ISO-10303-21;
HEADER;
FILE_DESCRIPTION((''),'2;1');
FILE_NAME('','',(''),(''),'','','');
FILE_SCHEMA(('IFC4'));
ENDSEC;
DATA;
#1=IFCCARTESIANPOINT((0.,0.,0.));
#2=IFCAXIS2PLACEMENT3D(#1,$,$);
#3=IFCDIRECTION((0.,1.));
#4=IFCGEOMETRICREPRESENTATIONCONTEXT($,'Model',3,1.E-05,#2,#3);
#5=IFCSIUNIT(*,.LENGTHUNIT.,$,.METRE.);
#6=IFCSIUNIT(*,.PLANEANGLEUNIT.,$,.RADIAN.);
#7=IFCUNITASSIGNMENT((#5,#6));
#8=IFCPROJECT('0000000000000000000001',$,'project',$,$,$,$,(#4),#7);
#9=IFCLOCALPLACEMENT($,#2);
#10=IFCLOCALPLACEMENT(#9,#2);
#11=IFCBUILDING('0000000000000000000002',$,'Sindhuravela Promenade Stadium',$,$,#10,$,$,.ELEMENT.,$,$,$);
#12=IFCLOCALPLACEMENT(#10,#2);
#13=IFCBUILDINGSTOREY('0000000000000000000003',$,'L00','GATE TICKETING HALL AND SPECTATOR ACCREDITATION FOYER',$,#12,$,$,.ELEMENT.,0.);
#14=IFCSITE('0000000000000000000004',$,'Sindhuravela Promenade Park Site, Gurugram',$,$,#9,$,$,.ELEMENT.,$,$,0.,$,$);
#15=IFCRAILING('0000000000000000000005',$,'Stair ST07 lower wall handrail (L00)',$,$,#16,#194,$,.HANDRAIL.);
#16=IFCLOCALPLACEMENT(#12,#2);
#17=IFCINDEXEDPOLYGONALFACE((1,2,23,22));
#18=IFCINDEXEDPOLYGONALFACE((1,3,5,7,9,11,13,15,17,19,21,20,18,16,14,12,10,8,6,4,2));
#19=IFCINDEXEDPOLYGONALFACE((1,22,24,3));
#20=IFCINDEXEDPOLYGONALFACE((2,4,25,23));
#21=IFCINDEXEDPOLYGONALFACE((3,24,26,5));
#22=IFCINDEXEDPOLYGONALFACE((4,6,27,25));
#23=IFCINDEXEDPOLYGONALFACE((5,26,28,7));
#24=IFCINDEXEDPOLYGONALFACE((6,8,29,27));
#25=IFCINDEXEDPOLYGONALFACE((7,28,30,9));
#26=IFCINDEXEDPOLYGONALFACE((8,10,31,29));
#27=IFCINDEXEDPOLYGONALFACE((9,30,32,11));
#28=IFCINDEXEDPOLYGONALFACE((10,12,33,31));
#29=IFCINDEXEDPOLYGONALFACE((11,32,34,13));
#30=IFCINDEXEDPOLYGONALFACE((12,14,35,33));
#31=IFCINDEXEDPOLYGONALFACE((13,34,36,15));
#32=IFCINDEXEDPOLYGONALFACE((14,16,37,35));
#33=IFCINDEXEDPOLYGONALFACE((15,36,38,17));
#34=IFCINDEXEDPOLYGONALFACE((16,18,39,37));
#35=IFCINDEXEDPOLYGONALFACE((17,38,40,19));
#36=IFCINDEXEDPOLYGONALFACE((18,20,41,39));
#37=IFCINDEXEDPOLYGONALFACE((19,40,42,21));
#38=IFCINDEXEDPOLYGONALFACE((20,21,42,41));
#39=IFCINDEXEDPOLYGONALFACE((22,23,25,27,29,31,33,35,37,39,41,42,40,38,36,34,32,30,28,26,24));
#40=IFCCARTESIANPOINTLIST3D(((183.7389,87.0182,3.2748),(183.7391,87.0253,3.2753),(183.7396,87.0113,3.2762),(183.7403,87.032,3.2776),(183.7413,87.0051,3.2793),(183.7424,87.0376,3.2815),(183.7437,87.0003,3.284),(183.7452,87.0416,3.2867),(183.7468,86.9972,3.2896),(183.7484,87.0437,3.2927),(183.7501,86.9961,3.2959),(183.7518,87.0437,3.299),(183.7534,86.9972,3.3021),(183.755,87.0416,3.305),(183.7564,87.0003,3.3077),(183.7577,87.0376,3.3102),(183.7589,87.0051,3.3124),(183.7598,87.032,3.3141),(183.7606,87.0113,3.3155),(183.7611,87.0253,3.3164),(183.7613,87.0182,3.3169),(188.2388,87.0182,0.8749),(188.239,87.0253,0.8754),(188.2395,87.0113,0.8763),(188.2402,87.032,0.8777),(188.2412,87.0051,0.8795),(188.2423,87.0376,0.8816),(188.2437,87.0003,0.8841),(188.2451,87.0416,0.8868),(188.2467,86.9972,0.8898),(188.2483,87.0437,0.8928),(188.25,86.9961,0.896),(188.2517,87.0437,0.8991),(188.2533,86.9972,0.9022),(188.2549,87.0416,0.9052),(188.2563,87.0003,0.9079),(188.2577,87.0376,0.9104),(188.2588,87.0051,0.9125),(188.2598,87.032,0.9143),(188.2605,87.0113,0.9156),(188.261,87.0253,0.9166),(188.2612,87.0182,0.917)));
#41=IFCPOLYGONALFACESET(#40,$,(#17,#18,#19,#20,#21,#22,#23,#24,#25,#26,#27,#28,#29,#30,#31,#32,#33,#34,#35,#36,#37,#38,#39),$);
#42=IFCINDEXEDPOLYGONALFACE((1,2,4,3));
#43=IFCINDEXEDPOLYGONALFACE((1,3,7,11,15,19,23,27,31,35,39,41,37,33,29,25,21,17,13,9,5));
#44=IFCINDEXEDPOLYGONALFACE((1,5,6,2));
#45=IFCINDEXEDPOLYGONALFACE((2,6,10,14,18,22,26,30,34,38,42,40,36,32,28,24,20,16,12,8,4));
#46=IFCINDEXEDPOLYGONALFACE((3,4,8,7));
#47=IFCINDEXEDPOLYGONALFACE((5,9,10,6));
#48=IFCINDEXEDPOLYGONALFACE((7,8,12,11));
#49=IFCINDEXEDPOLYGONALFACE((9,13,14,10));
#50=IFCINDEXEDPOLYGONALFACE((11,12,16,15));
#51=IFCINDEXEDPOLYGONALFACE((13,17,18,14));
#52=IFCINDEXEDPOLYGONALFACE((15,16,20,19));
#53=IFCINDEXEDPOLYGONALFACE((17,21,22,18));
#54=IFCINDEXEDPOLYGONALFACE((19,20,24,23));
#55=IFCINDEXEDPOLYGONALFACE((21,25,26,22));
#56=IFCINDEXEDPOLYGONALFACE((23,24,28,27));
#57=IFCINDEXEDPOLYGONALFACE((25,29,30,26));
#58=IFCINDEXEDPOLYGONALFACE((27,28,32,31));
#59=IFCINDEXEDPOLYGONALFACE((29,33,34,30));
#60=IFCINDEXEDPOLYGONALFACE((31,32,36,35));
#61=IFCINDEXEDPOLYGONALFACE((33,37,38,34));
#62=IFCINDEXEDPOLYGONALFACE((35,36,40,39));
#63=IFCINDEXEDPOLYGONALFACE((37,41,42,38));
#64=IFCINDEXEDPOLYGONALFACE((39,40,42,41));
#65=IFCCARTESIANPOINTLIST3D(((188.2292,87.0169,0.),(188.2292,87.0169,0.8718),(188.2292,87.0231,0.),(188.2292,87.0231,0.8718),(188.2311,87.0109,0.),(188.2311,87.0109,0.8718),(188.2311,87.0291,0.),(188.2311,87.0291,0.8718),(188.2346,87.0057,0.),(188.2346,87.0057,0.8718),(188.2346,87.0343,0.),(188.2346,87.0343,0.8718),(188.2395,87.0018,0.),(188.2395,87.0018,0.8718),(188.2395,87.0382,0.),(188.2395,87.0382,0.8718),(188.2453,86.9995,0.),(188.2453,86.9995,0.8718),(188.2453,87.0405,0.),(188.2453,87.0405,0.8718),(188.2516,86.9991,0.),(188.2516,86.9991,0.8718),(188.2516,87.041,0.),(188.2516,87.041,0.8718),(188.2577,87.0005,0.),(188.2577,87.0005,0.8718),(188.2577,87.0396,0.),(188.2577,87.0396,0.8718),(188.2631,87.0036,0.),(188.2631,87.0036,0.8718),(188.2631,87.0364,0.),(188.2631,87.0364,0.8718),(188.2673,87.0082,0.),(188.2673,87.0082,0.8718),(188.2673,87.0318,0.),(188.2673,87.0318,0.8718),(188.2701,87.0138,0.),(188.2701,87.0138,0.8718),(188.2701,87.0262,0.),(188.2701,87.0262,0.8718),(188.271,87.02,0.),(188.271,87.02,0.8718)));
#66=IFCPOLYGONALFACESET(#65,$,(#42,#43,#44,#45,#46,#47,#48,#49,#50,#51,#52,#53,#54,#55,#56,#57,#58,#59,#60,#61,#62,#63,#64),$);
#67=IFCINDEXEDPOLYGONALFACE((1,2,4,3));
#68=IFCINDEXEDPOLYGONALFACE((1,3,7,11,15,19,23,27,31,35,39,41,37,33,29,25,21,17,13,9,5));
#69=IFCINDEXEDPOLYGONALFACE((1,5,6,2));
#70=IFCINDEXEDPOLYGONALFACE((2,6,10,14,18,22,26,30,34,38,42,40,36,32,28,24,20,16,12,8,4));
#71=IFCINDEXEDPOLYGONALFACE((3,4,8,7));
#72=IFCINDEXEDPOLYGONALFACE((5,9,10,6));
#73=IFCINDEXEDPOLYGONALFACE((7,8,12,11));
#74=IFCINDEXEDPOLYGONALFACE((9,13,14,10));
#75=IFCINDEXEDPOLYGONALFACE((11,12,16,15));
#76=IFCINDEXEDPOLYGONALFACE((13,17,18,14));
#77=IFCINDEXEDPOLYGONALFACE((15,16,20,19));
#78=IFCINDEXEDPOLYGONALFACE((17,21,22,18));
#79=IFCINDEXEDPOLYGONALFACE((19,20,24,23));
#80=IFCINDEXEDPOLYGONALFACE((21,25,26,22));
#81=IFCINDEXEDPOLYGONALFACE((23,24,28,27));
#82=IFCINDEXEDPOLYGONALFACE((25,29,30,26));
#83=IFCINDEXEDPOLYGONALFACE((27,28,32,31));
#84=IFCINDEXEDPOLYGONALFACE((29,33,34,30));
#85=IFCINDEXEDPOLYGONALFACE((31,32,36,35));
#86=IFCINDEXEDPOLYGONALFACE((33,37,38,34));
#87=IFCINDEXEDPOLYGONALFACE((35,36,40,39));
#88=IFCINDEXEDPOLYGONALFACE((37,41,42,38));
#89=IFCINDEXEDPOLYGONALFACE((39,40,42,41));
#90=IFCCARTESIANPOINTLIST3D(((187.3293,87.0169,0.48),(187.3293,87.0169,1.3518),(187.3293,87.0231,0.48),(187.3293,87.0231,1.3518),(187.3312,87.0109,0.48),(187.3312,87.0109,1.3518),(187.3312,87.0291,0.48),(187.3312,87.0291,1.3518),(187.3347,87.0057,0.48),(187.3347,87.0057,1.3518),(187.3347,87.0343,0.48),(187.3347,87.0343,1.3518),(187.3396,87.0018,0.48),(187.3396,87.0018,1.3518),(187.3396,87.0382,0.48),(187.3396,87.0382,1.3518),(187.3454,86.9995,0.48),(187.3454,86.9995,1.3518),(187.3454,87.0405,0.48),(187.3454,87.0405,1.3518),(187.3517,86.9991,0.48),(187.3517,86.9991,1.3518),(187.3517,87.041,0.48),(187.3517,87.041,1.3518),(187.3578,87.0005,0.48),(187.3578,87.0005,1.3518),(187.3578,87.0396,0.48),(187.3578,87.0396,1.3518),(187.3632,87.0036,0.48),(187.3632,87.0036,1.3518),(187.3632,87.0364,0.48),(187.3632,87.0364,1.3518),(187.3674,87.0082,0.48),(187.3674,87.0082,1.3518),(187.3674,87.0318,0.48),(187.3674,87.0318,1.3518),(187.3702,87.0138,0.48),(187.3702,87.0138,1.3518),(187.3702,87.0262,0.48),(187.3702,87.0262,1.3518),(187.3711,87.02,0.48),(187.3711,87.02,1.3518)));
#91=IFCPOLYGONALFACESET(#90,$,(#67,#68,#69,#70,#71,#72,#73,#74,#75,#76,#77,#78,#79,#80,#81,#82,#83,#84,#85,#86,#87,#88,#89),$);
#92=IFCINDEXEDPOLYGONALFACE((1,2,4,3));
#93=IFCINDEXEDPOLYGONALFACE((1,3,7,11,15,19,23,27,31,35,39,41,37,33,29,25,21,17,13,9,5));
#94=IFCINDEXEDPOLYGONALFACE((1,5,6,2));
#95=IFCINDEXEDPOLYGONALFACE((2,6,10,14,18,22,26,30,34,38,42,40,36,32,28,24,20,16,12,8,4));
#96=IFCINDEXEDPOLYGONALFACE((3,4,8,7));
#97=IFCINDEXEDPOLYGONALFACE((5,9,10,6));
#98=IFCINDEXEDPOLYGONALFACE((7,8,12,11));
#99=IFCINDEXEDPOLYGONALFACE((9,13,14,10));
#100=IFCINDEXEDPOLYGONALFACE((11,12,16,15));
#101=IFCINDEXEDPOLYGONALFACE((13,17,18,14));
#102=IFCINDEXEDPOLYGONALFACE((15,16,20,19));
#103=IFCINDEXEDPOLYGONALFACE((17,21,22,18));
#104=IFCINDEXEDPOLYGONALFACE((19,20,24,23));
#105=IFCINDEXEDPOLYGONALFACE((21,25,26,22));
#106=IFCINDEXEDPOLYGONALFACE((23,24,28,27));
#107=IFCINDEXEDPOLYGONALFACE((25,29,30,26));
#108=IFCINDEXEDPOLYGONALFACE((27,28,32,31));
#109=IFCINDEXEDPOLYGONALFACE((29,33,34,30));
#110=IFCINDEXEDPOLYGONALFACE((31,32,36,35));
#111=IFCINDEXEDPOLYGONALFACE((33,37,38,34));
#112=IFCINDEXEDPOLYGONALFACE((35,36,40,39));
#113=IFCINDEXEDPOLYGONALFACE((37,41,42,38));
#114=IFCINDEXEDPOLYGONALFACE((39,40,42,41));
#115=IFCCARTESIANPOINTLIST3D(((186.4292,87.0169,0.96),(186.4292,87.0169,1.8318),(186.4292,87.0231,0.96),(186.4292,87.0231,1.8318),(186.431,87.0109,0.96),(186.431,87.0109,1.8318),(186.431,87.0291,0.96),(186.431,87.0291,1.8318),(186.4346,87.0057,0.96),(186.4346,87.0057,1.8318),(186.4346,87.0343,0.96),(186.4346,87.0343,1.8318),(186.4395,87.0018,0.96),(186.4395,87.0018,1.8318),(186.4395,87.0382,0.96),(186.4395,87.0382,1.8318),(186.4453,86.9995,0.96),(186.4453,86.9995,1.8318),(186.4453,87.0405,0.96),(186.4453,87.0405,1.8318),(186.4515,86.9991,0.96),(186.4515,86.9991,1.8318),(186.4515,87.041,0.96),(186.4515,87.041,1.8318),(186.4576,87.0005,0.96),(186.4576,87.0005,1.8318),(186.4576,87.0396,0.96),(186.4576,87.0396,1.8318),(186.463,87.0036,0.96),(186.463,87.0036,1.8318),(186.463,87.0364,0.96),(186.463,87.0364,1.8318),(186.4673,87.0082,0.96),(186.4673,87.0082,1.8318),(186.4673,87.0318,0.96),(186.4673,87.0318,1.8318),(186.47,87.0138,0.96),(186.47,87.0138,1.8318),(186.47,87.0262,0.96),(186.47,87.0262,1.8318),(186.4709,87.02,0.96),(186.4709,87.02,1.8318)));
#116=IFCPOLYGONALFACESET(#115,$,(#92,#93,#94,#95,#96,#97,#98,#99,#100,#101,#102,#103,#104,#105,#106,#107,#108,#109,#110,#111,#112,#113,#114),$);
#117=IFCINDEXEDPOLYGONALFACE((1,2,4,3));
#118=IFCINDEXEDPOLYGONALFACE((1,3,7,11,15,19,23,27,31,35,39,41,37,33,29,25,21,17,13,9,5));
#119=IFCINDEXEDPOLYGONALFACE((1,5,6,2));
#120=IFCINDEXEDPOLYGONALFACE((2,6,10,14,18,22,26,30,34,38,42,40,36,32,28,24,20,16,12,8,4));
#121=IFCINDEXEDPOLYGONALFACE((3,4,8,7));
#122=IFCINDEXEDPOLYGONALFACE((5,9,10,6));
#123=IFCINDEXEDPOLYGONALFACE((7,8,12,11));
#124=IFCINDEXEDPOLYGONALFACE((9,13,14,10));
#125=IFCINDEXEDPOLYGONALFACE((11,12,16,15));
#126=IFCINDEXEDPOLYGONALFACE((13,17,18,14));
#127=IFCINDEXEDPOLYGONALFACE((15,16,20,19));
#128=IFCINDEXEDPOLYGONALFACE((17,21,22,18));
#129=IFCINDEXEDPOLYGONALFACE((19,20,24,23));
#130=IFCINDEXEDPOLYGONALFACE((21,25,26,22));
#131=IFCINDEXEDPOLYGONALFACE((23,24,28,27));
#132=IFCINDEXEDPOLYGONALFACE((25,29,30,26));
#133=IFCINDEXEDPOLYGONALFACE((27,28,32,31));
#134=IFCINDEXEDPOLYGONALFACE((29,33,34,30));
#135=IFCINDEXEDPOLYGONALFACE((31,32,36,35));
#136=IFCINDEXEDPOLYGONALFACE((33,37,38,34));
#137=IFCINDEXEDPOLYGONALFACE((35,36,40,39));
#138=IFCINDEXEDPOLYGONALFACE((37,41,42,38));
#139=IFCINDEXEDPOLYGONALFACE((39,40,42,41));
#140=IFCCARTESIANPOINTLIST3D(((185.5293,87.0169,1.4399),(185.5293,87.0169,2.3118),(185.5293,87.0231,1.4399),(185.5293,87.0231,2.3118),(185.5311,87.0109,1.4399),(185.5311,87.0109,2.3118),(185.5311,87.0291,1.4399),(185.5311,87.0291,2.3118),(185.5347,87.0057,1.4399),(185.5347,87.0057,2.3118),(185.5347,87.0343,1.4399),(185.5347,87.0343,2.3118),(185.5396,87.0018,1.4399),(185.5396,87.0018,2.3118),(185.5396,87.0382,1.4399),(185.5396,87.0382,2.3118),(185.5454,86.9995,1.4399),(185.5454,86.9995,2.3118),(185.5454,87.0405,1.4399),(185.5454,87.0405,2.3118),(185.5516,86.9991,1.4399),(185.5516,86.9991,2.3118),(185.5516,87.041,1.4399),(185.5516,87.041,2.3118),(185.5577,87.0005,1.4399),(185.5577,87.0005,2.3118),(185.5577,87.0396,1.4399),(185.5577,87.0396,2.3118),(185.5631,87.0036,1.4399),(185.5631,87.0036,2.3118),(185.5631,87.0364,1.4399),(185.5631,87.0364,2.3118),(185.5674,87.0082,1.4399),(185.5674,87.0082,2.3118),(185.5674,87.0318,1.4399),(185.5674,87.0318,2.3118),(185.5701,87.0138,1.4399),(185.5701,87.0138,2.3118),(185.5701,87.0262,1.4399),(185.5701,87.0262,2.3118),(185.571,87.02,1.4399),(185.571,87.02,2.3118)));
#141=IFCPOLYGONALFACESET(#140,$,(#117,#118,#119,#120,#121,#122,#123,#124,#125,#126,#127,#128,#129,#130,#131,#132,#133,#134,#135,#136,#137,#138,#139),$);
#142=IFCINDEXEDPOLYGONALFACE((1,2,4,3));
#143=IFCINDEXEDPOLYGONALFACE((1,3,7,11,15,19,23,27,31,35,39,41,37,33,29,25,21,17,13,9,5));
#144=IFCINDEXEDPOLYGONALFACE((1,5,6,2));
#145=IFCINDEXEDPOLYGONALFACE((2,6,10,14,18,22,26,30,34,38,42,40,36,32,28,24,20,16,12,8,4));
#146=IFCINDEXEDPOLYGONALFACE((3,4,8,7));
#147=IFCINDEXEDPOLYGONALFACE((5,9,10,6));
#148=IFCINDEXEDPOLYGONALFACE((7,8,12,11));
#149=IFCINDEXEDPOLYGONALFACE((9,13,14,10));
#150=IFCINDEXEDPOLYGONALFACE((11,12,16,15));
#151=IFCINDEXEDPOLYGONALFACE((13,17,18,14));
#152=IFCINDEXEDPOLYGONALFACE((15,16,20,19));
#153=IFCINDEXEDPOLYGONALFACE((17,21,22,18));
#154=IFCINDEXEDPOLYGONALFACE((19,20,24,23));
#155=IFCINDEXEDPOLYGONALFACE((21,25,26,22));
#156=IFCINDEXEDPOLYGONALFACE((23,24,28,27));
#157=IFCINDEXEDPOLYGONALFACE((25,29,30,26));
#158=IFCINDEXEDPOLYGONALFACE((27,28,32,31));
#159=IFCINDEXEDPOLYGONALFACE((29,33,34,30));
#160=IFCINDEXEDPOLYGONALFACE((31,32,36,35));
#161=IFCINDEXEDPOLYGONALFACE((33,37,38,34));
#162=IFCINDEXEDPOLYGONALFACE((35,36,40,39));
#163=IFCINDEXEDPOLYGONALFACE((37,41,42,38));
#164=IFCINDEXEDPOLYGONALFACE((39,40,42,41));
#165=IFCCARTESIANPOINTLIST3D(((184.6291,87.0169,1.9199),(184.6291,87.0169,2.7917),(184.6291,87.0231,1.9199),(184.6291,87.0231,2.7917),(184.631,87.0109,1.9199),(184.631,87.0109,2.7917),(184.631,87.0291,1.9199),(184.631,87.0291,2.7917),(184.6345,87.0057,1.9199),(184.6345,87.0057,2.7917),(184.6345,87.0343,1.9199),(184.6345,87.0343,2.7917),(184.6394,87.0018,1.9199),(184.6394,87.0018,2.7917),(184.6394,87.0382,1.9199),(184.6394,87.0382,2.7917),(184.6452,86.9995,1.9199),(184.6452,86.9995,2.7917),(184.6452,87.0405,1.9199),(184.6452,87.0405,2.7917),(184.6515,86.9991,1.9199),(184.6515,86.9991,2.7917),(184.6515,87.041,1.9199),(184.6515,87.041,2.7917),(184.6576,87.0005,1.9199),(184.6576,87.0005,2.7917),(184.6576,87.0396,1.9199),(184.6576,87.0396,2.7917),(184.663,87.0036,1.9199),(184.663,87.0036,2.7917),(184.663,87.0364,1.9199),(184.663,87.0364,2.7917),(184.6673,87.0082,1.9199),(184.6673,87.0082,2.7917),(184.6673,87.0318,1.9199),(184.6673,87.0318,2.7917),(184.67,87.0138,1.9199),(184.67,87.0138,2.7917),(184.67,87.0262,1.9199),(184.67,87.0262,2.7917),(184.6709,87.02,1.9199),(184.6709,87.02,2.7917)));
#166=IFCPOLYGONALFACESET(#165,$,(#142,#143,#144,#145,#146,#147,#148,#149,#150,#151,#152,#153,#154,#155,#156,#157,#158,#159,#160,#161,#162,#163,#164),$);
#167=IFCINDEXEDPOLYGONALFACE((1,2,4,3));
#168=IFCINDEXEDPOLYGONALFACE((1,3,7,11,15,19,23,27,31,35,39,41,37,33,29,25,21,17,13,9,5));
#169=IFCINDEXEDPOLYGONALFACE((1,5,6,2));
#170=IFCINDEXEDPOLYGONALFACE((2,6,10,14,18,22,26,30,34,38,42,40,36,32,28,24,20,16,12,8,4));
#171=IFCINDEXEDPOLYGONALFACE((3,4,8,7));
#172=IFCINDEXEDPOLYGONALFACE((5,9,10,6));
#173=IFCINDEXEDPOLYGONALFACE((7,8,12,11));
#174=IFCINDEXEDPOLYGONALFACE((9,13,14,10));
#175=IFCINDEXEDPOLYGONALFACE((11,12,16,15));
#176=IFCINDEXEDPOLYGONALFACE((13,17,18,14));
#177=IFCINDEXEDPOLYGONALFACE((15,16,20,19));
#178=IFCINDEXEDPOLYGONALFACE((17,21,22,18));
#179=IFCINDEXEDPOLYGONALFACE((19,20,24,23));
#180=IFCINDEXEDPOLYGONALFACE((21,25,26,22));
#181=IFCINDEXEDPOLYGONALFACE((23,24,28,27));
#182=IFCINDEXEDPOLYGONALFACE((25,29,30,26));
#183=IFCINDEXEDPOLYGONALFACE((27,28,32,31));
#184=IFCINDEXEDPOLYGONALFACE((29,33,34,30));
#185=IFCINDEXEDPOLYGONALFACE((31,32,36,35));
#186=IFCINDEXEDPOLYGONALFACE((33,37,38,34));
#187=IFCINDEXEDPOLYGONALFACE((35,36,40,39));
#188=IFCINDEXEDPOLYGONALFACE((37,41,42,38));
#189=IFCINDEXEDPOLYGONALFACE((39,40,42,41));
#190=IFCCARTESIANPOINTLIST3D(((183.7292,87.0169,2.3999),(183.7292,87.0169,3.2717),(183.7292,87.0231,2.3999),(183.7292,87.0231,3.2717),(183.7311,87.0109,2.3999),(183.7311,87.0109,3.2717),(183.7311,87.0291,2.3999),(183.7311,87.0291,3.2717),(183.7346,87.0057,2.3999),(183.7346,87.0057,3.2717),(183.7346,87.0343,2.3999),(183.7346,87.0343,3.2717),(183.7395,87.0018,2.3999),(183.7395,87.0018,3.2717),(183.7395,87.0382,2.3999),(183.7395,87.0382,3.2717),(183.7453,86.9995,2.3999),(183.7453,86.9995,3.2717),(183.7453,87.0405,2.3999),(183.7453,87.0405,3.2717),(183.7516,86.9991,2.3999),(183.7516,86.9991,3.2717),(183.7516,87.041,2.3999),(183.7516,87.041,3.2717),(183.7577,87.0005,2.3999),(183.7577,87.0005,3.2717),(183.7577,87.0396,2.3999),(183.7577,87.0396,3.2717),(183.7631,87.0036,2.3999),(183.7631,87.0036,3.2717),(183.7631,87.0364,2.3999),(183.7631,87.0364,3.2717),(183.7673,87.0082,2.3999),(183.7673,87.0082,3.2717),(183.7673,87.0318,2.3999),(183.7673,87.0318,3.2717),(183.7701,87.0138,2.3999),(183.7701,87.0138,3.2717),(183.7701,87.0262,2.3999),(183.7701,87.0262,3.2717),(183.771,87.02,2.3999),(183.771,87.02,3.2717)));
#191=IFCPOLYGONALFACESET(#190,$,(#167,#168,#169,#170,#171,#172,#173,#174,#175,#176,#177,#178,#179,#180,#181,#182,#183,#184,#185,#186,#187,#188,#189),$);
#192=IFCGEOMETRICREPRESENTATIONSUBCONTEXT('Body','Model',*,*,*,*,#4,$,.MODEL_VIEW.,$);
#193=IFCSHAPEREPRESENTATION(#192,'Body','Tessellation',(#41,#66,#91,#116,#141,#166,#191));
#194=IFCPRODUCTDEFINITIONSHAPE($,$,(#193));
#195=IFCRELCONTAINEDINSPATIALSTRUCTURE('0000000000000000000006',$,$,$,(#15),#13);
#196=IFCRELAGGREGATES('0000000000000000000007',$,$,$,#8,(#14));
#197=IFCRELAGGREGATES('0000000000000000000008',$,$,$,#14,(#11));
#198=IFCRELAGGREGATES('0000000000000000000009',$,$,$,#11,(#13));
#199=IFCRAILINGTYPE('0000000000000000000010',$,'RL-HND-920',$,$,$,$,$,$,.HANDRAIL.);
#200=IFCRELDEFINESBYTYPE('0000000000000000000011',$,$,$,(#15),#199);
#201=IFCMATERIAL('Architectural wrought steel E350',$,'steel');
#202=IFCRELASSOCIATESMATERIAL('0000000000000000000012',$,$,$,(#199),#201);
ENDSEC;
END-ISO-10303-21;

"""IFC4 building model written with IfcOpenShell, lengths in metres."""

from ifc_helpers import new_model, si_unit, direction, frame, origin, origin_2d, place, context, subcontext, project, spatial, circle, extrude, material, type_object, element, save


model = new_model("IFC4")

# Units and contexts
model_context = context("Model", 3, precision=1e-05, world=origin(), true_north=direction((0.0, 1.0)))
body_context = subcontext(model_context, "Body", "Model", "MODEL_VIEW")
ifc_project = project(units=[si_unit("LENGTHUNIT", "METRE"), si_unit("PLANEANGLEUNIT", "RADIAN")], contexts=[model_context])

# Site, building, storey
site_placement = place(None, origin())
site = spatial("IfcSite", under=ifc_project, at=site_placement, Name="Sindhuravela Promenade Park Site, Gurugram", CompositionType="ELEMENT", RefElevation=0.0)
building_placement = place(site_placement, origin())
building = spatial("IfcBuilding", under=site, at=building_placement, Name="Sindhuravela Promenade Stadium", CompositionType="ELEMENT")
storey_placement = place(building_placement, origin())
storey = spatial("IfcBuildingStorey", under=building, at=storey_placement, Name="L00", Description="GATE TICKETING HALL AND SPECTATOR ACCREDITATION FOYER", CompositionType="ELEMENT", Elevation=0.0)

# Shared definitions
ifc_material_1 = material(Name="Architectural wrought steel E350", Category="steel")

# Railing
railing_type_1 = type_object("IfcRailingType", Name="RL-HND-920", PredefinedType="HANDRAIL", material=ifc_material_1)
railing_1_placement = place(storey_placement, frame((188.25, 87.02, 0.0)))
element("IfcRailing", 1, at=railing_1_placement, inside=storey, type_object=railing_type_1, Name="Stair ST07 lower wall handrail (L00)", PredefinedType="HANDRAIL", context=body_context, shape_type="SweptSolid", body=[
    extrude(circle(Radius=0.0239, at=origin_2d()), frame((0.0, 0.0, 0.896), z_axis=(-0.882361, 0.0, 0.470573), x_axis=(0.0, -1.0, 0.0)), (0.0, 0.0, 1.0), 5.0999),
    extrude(circle(Radius=0.021, at=origin_2d()), origin(), (0.0, 0.0, 1.0), 0.8718),
    extrude(circle(Radius=0.021, at=origin_2d()), frame((-0.8999, 0.0, 0.48)), (0.0, 0.0, 1.0), 0.8718),
    extrude(circle(Radius=0.021, at=origin_2d()), frame((-1.8, 0.0, 0.96)), (0.0, 0.0, 1.0), 0.8718),
    extrude(circle(Radius=0.021, at=origin_2d()), frame((-2.7, 0.0, 1.4399)), (0.0, 0.0, 1.0), 0.8718),
    extrude(circle(Radius=0.021, at=origin_2d()), frame((-3.6001, 0.0, 1.9199)), (0.0, 0.0, 1.0), 0.8718),
    extrude(circle(Radius=0.021, at=origin_2d()), frame((-4.5, 0.0, 2.3999)), (0.0, 0.0, 1.0), 0.8718),
])

save(model, "model.ifc")
